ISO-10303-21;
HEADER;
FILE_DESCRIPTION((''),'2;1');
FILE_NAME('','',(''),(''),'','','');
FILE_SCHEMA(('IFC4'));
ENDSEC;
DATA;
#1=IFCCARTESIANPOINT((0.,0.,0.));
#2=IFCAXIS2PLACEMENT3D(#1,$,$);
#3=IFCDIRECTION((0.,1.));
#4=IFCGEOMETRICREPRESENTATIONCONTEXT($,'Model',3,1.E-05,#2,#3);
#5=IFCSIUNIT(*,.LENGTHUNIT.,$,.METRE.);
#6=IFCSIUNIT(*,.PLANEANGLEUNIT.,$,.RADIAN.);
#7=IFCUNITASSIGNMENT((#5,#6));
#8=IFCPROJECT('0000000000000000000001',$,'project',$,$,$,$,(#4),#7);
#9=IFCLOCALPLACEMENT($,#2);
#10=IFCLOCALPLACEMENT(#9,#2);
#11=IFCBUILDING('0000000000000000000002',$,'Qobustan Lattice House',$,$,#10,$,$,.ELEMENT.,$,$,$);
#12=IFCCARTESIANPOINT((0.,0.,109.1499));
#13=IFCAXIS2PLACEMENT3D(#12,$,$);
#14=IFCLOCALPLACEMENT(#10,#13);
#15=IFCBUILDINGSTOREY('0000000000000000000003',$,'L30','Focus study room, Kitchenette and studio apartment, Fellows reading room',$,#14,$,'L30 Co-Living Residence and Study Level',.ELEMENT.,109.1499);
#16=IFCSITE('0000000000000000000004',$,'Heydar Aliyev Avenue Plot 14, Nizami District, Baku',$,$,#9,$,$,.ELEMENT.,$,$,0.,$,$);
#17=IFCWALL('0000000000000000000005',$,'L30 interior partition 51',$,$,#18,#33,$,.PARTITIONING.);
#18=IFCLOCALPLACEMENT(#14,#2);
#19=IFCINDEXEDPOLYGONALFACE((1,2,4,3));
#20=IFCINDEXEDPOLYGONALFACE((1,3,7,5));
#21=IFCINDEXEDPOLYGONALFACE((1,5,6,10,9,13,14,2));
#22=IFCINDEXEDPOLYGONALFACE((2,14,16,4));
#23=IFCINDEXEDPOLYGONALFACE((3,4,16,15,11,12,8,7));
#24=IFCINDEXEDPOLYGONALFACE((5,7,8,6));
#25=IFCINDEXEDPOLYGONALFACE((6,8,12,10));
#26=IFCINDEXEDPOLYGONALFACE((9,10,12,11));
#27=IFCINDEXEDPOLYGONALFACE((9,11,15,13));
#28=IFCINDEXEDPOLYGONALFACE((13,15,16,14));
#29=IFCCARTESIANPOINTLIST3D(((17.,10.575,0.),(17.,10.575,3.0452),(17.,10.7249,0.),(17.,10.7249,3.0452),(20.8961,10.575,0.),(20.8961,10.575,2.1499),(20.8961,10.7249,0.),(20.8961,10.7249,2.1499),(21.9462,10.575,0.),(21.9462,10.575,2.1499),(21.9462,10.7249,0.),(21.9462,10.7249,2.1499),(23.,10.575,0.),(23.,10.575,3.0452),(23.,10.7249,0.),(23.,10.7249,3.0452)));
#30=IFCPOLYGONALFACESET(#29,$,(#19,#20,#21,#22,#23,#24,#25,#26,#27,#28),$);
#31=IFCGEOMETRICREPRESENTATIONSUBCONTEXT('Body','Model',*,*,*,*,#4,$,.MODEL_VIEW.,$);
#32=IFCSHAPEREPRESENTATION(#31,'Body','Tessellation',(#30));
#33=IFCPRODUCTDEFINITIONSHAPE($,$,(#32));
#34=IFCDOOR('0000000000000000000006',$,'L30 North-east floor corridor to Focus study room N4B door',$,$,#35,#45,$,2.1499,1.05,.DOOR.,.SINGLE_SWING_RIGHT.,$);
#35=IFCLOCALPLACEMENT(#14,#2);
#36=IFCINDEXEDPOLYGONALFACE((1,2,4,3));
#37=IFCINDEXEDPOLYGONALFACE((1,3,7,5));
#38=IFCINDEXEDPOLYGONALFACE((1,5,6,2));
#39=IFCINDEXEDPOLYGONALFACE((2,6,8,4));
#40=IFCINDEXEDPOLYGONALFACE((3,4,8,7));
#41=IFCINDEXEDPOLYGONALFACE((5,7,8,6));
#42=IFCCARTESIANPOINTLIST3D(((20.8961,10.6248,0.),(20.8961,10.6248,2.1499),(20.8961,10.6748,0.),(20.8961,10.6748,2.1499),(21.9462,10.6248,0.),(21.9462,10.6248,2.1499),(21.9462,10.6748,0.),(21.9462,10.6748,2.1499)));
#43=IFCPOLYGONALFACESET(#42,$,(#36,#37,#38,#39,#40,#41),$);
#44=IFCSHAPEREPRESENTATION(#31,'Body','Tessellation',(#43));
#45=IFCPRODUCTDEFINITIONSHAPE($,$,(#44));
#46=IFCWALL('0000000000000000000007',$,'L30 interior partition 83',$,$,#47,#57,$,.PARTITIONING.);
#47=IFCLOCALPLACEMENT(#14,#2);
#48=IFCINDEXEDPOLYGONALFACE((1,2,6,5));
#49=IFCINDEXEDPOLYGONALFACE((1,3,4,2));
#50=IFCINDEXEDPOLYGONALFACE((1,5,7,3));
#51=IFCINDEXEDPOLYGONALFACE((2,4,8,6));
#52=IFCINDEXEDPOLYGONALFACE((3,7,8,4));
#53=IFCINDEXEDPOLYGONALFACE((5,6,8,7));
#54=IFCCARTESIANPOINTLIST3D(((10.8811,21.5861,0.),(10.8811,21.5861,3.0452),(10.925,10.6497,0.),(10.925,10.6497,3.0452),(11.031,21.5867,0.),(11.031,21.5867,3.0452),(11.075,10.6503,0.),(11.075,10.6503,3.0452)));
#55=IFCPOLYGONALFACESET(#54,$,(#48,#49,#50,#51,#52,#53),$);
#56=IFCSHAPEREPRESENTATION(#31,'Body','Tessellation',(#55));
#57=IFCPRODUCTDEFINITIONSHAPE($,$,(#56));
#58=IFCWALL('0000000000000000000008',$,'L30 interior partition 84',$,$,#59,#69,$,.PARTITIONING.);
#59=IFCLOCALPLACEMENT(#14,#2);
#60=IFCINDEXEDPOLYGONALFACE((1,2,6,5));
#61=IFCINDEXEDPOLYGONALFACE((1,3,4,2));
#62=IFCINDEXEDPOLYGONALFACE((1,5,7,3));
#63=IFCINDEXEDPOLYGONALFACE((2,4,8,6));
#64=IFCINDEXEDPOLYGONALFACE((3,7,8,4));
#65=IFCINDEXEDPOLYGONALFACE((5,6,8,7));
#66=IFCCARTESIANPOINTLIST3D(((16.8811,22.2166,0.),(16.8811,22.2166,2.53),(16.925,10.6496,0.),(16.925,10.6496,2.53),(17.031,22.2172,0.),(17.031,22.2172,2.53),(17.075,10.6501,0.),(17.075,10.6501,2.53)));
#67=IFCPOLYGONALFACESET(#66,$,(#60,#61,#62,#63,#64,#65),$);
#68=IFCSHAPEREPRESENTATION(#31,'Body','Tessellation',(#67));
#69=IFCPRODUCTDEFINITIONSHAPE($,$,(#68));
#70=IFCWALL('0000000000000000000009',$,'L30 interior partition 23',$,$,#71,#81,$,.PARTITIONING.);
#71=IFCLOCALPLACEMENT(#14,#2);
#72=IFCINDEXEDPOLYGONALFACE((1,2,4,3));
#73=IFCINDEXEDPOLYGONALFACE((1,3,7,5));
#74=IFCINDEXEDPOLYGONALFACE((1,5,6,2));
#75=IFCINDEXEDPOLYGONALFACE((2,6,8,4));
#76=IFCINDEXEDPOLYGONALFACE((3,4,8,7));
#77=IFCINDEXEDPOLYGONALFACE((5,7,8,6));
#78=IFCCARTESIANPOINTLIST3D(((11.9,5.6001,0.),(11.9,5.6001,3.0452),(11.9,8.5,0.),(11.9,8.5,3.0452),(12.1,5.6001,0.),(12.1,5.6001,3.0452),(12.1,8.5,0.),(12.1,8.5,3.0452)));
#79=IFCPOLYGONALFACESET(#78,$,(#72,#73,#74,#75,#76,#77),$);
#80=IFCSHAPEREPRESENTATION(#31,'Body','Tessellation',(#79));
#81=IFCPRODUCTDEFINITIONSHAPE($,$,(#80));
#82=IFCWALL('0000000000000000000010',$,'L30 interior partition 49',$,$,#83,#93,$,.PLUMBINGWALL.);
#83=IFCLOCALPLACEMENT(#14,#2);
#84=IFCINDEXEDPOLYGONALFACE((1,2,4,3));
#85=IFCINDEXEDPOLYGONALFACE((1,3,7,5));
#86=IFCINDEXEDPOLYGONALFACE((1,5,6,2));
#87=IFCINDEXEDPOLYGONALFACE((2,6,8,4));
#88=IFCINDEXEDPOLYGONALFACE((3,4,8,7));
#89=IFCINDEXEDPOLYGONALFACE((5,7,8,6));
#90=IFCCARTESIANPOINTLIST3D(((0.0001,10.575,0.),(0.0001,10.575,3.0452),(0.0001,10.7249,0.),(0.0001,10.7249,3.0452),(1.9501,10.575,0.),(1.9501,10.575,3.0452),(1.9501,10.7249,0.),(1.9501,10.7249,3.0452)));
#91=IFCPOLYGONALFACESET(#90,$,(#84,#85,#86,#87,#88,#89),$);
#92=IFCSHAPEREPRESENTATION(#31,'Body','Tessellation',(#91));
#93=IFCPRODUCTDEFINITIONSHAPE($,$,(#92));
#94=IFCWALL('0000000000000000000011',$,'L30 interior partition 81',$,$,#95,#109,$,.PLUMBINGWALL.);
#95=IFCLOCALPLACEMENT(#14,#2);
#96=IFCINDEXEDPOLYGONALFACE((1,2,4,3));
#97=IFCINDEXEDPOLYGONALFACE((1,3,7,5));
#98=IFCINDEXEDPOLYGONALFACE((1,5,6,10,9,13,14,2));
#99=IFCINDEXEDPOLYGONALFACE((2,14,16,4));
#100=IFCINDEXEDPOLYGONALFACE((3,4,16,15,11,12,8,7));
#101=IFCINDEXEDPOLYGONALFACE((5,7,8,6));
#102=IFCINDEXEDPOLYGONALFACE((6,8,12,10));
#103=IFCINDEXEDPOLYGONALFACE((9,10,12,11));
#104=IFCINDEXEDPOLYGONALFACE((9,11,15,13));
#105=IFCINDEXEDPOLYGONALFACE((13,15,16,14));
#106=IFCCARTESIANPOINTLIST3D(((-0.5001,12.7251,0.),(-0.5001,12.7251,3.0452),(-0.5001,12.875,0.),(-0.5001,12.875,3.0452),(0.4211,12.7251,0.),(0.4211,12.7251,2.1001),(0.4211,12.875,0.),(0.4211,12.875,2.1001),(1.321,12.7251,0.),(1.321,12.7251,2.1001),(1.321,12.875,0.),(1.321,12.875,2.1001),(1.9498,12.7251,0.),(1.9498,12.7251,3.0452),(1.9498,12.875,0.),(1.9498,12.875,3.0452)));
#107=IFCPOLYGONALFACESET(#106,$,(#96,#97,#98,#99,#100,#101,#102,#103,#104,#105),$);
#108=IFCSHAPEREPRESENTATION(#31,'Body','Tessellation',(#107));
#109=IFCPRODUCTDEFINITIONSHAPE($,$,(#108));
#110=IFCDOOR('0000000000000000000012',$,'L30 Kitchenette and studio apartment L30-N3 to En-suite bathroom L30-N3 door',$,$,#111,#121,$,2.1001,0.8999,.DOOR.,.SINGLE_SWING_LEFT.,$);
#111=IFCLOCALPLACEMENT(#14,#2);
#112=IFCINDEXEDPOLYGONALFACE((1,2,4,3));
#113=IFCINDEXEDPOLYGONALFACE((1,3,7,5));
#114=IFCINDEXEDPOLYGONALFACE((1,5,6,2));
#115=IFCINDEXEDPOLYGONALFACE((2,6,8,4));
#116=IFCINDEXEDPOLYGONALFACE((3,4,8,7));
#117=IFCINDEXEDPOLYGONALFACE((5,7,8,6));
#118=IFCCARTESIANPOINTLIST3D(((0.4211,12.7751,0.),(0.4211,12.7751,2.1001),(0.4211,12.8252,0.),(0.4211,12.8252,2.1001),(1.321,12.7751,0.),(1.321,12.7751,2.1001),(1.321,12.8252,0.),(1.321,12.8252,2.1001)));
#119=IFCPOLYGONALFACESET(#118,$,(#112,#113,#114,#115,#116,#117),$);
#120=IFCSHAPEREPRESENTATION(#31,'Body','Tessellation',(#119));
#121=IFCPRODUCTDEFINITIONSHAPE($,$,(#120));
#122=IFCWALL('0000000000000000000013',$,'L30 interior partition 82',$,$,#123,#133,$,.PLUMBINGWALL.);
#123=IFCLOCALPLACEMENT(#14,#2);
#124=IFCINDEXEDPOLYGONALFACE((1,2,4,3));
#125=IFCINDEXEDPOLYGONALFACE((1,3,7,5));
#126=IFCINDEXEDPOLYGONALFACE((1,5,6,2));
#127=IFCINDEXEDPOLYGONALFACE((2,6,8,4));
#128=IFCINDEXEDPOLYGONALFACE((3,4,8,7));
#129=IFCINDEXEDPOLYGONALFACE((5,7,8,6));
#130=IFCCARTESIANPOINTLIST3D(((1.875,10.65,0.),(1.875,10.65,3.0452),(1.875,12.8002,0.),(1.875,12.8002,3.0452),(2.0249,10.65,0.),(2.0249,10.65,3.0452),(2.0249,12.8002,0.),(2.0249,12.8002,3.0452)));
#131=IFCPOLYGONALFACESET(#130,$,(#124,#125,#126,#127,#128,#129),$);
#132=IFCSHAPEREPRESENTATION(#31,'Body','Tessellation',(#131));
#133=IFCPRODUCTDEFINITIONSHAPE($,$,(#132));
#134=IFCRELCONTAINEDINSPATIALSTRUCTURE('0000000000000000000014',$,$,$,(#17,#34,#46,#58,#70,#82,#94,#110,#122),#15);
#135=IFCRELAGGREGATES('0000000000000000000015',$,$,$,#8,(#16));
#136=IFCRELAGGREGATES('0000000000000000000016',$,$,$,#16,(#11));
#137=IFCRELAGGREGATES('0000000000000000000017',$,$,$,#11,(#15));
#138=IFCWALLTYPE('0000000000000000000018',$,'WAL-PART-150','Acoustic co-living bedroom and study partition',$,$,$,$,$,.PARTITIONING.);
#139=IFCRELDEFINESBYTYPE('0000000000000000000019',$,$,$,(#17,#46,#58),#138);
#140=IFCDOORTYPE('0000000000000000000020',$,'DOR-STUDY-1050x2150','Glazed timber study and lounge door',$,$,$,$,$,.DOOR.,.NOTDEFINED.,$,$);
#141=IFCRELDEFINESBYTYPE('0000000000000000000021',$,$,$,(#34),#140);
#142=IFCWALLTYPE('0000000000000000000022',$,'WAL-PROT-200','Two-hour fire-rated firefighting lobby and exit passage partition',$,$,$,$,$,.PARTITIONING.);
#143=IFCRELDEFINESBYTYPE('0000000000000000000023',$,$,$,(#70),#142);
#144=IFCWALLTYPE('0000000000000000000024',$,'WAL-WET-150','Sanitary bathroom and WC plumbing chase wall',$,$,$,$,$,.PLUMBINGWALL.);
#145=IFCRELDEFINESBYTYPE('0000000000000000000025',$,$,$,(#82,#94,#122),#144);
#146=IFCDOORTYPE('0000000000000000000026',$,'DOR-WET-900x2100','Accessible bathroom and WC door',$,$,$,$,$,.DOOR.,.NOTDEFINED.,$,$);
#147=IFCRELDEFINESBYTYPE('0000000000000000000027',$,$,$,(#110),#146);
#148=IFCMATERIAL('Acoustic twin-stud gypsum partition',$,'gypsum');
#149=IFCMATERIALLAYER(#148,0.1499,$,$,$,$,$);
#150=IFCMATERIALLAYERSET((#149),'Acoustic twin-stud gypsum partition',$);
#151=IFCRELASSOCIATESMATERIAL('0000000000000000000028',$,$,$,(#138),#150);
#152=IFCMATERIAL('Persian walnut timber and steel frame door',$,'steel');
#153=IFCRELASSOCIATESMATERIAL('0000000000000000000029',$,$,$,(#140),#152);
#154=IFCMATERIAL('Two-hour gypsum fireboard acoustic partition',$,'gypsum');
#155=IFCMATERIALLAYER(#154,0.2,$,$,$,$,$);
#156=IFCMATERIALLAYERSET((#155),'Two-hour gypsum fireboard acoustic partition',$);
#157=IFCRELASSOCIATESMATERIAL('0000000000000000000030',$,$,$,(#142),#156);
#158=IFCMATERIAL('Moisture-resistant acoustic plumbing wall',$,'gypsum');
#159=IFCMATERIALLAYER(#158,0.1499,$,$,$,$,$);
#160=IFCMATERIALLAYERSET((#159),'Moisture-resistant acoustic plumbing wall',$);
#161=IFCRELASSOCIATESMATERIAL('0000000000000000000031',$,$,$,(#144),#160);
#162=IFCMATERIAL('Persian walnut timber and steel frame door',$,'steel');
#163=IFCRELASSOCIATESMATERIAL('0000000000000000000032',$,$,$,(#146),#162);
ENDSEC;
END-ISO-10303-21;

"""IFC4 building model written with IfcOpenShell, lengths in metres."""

from ifc_helpers import new_model, si_unit, direction, frame, frame_2d, origin, place, context, subcontext, project, spatial, rectangle, extrude, material, layer, layer_set, type_object, element, fill, save


model = new_model("IFC4")

# Units and contexts
model_context = context("Model", 3, precision=1e-05, world=origin(), true_north=direction((0.0, 1.0)))
body_context = subcontext(model_context, "Body", "Model", "MODEL_VIEW")
ifc_project = project(units=[si_unit("LENGTHUNIT", "METRE"), si_unit("PLANEANGLEUNIT", "RADIAN")], contexts=[model_context])

# Site, building, storey
site_placement = place(None, origin())
site = spatial("IfcSite", under=ifc_project, at=site_placement, Name="Heydar Aliyev Avenue Plot 14, Nizami District, Baku", CompositionType="ELEMENT", RefElevation=0.0)
building_placement = place(site_placement, origin())
building = spatial("IfcBuilding", under=site, at=building_placement, Name="Qobustan Lattice House", CompositionType="ELEMENT")
storey_placement = place(building_placement, frame((0.0, 0.0, 109.1499)))
storey = spatial("IfcBuildingStorey", under=building, at=storey_placement, Name="L30", Description="Focus study room, Kitchenette and studio apartment, Fellows reading room", LongName="L30 Co-Living Residence and Study Level", CompositionType="ELEMENT", Elevation=109.1499)

# Wall, opening, door
ifc_material_1 = material(Name="Acoustic twin-stud gypsum partition", Category="gypsum")
ifc_layer_1 = layer(ifc_material_1, 0.1499)
ifc_layer_set_1 = layer_set([ifc_layer_1], Name="Acoustic twin-stud gypsum partition")
wall_type_1 = type_object("IfcWallType", Name="WAL-PART-150", Description="Acoustic co-living bedroom and study partition", PredefinedType="PARTITIONING", material=ifc_layer_set_1)
ifc_material_2 = material(Name="Persian walnut timber and steel frame door", Category="steel")
door_type_1 = type_object("IfcDoorType", Name="DOR-STUDY-1050x2150", Description="Glazed timber study and lounge door", OperationType="NOTDEFINED", PredefinedType="DOOR", material=ifc_material_2)
wall_1_placement = place(storey_placement, frame((17.0, 10.6499, 0.0), z_axis=(0.0, 0.0, 1.0), x_axis=(1.0, 0.0, 0.0)))
wall_1 = element("IfcWall", 1, at=wall_1_placement, inside=storey, type_object=wall_type_1, Name="L30 interior partition 51", PredefinedType="PARTITIONING", context=body_context, shape_type="SweptSolid", body=[
    extrude(rectangle(XDim=6.0, YDim=0.1499, at=frame_2d((3.0, 0.0))), origin(), (0.0, 0.0, 1.0), 3.0452),
])
opening_1_placement = place(wall_1_placement, frame((3.8962, 0.0, 0.0)))
opening_1 = element("IfcOpeningElement", 2, at=opening_1_placement, cuts=wall_1, PredefinedType="OPENING", context=body_context, shape_type="SweptSolid", body=[
    extrude(rectangle(XDim=1.05, YDim=2.1499, at=frame_2d((0.5249, 1.075))), frame((0.0, 0.085, 0.0), z_axis=(0.0, -1.0, 0.0), x_axis=(1.0, 0.0, 0.0)), (0.0, 0.0, 1.0), 0.1699),
])
door_1_placement = place(opening_1_placement, origin())
door_1 = element("IfcDoor", 3, at=door_1_placement, inside=storey, type_object=door_type_1, Name="L30 North-east floor corridor to Focus study room N4B door", OperationType="SINGLE_SWING_RIGHT", OverallHeight=2.1499, OverallWidth=1.05, PredefinedType="DOOR", context=body_context, shape_type="SweptSolid", body=[
    extrude(rectangle(XDim=1.05, YDim=2.1499, at=frame_2d((0.5249, 1.075))), frame((0.0, 0.0249, 0.0), z_axis=(0.0, -1.0, 0.0), x_axis=(1.0, 0.0, 0.0)), (0.0, 0.0, 1.0), 0.05),
])
fill(opening_1, door_1)

# Walls
wall_2_placement = place(storey_placement, frame((10.9561, 21.5864, 0.0), z_axis=(0.0, 0.0, 1.0), x_axis=(0.004018, -0.999992, 0.0)))
element("IfcWall", 4, at=wall_2_placement, inside=storey, type_object=wall_type_1, Name="L30 interior partition 83", PredefinedType="PARTITIONING", context=body_context, shape_type="SweptSolid", body=[
    extrude(rectangle(XDim=10.9365, YDim=0.1499, at=frame_2d((5.4683, 0.0))), origin(), (0.0, 0.0, 1.0), 3.0452),
])
wall_3_placement = place(storey_placement, frame((16.9561, 22.217, 0.0), z_axis=(0.0, 0.0, 1.0), x_axis=(0.003799, -0.999993, 0.0)))
element("IfcWall", 5, at=wall_3_placement, inside=storey, type_object=wall_type_1, Name="L30 interior partition 84", PredefinedType="PARTITIONING", context=body_context, shape_type="SweptSolid", body=[
    extrude(rectangle(XDim=11.5671, YDim=0.1499, at=frame_2d((5.7837, 0.0))), origin(), (0.0, 0.0, 1.0), 2.53),
])
ifc_material_3 = material(Name="Two-hour gypsum fireboard acoustic partition", Category="gypsum")
ifc_layer_2 = layer(ifc_material_3, 0.2)
ifc_layer_set_2 = layer_set([ifc_layer_2], Name="Two-hour gypsum fireboard acoustic partition")
wall_type_2 = type_object("IfcWallType", Name="WAL-PROT-200", Description="Two-hour fire-rated firefighting lobby and exit passage partition", PredefinedType="PARTITIONING", material=ifc_layer_set_2)
wall_4_placement = place(storey_placement, frame((12.0, 8.5, 0.0), z_axis=(0.0, 0.0, 1.0), x_axis=(0.0, -1.0, 0.0)))
element("IfcWall", 6, at=wall_4_placement, inside=storey, type_object=wall_type_2, Name="L30 interior partition 23", PredefinedType="PARTITIONING", context=body_context, shape_type="SweptSolid", body=[
    extrude(rectangle(XDim=2.8999, YDim=0.2, at=frame_2d((1.45, 0.0))), origin(), (0.0, 0.0, 1.0), 3.0452),
])
ifc_material_4 = material(Name="Moisture-resistant acoustic plumbing wall", Category="gypsum")
ifc_layer_3 = layer(ifc_material_4, 0.1499)
ifc_layer_set_3 = layer_set([ifc_layer_3], Name="Moisture-resistant acoustic plumbing wall")
wall_type_3 = type_object("IfcWallType", Name="WAL-WET-150", Description="Sanitary bathroom and WC plumbing chase wall", PredefinedType="PLUMBINGWALL", material=ifc_layer_set_3)
wall_5_placement = place(storey_placement, frame((0.0, 10.6499, 0.0), z_axis=(0.0, 0.0, 1.0), x_axis=(1.0, 0.0, 0.0)))
element("IfcWall", 7, at=wall_5_placement, inside=storey, type_object=wall_type_3, Name="L30 interior partition 49", PredefinedType="PLUMBINGWALL", context=body_context, shape_type="SweptSolid", body=[
    extrude(rectangle(XDim=1.95, YDim=0.1499, at=frame_2d((0.9751, 0.0))), origin(), (0.0, 0.0, 1.0), 3.0452),
])

# Wall, opening, door
wall_6_placement = place(storey_placement, frame((1.95, 12.8, 0.0), z_axis=(0.0, 0.0, 1.0), x_axis=(-1.0, 0.0, 0.0)))
wall_6 = element("IfcWall", 8, at=wall_6_placement, inside=storey, type_object=wall_type_3, Name="L30 interior partition 81", PredefinedType="PLUMBINGWALL", context=body_context, shape_type="SweptSolid", body=[
    extrude(rectangle(XDim=2.45, YDim=0.1499, at=frame_2d((1.2251, 0.0))), origin(), (0.0, 0.0, 1.0), 3.0452),
])
opening_2_placement = place(wall_6_placement, frame((0.6289, 0.0, 0.0)))
opening_2 = element("IfcOpeningElement", 9, at=opening_2_placement, cuts=wall_6, PredefinedType="OPENING", context=body_context, shape_type="SweptSolid", body=[
    extrude(rectangle(XDim=0.8999, YDim=2.1001, at=frame_2d((0.45, 1.05))), frame((0.0, 0.085, 0.0), z_axis=(0.0, -1.0, 0.0), x_axis=(1.0, 0.0, 0.0)), (0.0, 0.0, 1.0), 0.1699),
])
ifc_material_5 = material(Name="Persian walnut timber and steel frame door", Category="steel")
door_type_2 = type_object("IfcDoorType", Name="DOR-WET-900x2100", Description="Accessible bathroom and WC door", OperationType="NOTDEFINED", PredefinedType="DOOR", material=ifc_material_5)
door_2_placement = place(opening_2_placement, origin())
door_2 = element("IfcDoor", 10, at=door_2_placement, inside=storey, type_object=door_type_2, Name="L30 Kitchenette and studio apartment L30-N3 to En-suite bathroom L30-N3 door", OperationType="SINGLE_SWING_LEFT", OverallHeight=2.1001, OverallWidth=0.8999, PredefinedType="DOOR", context=body_context, shape_type="SweptSolid", body=[
    extrude(rectangle(XDim=0.8999, YDim=2.1001, at=frame_2d((0.45, 1.05))), frame((0.0, 0.0249, 0.0), z_axis=(0.0, -1.0, 0.0), x_axis=(1.0, 0.0, 0.0)), (0.0, 0.0, 1.0), 0.05),
])
fill(opening_2, door_2)

# Wall
wall_7_placement = place(storey_placement, frame((1.95, 10.6499, 0.0), z_axis=(0.0, 0.0, 1.0), x_axis=(0.0, 1.0, 0.0)))
element("IfcWall", 11, at=wall_7_placement, inside=storey, type_object=wall_type_3, Name="L30 interior partition 82", PredefinedType="PLUMBINGWALL", context=body_context, shape_type="SweptSolid", body=[
    extrude(rectangle(XDim=2.1501, YDim=0.1499, at=frame_2d((1.0752, 0.0))), origin(), (0.0, 0.0, 1.0), 3.0452),
])

save(model, "model.ifc")
